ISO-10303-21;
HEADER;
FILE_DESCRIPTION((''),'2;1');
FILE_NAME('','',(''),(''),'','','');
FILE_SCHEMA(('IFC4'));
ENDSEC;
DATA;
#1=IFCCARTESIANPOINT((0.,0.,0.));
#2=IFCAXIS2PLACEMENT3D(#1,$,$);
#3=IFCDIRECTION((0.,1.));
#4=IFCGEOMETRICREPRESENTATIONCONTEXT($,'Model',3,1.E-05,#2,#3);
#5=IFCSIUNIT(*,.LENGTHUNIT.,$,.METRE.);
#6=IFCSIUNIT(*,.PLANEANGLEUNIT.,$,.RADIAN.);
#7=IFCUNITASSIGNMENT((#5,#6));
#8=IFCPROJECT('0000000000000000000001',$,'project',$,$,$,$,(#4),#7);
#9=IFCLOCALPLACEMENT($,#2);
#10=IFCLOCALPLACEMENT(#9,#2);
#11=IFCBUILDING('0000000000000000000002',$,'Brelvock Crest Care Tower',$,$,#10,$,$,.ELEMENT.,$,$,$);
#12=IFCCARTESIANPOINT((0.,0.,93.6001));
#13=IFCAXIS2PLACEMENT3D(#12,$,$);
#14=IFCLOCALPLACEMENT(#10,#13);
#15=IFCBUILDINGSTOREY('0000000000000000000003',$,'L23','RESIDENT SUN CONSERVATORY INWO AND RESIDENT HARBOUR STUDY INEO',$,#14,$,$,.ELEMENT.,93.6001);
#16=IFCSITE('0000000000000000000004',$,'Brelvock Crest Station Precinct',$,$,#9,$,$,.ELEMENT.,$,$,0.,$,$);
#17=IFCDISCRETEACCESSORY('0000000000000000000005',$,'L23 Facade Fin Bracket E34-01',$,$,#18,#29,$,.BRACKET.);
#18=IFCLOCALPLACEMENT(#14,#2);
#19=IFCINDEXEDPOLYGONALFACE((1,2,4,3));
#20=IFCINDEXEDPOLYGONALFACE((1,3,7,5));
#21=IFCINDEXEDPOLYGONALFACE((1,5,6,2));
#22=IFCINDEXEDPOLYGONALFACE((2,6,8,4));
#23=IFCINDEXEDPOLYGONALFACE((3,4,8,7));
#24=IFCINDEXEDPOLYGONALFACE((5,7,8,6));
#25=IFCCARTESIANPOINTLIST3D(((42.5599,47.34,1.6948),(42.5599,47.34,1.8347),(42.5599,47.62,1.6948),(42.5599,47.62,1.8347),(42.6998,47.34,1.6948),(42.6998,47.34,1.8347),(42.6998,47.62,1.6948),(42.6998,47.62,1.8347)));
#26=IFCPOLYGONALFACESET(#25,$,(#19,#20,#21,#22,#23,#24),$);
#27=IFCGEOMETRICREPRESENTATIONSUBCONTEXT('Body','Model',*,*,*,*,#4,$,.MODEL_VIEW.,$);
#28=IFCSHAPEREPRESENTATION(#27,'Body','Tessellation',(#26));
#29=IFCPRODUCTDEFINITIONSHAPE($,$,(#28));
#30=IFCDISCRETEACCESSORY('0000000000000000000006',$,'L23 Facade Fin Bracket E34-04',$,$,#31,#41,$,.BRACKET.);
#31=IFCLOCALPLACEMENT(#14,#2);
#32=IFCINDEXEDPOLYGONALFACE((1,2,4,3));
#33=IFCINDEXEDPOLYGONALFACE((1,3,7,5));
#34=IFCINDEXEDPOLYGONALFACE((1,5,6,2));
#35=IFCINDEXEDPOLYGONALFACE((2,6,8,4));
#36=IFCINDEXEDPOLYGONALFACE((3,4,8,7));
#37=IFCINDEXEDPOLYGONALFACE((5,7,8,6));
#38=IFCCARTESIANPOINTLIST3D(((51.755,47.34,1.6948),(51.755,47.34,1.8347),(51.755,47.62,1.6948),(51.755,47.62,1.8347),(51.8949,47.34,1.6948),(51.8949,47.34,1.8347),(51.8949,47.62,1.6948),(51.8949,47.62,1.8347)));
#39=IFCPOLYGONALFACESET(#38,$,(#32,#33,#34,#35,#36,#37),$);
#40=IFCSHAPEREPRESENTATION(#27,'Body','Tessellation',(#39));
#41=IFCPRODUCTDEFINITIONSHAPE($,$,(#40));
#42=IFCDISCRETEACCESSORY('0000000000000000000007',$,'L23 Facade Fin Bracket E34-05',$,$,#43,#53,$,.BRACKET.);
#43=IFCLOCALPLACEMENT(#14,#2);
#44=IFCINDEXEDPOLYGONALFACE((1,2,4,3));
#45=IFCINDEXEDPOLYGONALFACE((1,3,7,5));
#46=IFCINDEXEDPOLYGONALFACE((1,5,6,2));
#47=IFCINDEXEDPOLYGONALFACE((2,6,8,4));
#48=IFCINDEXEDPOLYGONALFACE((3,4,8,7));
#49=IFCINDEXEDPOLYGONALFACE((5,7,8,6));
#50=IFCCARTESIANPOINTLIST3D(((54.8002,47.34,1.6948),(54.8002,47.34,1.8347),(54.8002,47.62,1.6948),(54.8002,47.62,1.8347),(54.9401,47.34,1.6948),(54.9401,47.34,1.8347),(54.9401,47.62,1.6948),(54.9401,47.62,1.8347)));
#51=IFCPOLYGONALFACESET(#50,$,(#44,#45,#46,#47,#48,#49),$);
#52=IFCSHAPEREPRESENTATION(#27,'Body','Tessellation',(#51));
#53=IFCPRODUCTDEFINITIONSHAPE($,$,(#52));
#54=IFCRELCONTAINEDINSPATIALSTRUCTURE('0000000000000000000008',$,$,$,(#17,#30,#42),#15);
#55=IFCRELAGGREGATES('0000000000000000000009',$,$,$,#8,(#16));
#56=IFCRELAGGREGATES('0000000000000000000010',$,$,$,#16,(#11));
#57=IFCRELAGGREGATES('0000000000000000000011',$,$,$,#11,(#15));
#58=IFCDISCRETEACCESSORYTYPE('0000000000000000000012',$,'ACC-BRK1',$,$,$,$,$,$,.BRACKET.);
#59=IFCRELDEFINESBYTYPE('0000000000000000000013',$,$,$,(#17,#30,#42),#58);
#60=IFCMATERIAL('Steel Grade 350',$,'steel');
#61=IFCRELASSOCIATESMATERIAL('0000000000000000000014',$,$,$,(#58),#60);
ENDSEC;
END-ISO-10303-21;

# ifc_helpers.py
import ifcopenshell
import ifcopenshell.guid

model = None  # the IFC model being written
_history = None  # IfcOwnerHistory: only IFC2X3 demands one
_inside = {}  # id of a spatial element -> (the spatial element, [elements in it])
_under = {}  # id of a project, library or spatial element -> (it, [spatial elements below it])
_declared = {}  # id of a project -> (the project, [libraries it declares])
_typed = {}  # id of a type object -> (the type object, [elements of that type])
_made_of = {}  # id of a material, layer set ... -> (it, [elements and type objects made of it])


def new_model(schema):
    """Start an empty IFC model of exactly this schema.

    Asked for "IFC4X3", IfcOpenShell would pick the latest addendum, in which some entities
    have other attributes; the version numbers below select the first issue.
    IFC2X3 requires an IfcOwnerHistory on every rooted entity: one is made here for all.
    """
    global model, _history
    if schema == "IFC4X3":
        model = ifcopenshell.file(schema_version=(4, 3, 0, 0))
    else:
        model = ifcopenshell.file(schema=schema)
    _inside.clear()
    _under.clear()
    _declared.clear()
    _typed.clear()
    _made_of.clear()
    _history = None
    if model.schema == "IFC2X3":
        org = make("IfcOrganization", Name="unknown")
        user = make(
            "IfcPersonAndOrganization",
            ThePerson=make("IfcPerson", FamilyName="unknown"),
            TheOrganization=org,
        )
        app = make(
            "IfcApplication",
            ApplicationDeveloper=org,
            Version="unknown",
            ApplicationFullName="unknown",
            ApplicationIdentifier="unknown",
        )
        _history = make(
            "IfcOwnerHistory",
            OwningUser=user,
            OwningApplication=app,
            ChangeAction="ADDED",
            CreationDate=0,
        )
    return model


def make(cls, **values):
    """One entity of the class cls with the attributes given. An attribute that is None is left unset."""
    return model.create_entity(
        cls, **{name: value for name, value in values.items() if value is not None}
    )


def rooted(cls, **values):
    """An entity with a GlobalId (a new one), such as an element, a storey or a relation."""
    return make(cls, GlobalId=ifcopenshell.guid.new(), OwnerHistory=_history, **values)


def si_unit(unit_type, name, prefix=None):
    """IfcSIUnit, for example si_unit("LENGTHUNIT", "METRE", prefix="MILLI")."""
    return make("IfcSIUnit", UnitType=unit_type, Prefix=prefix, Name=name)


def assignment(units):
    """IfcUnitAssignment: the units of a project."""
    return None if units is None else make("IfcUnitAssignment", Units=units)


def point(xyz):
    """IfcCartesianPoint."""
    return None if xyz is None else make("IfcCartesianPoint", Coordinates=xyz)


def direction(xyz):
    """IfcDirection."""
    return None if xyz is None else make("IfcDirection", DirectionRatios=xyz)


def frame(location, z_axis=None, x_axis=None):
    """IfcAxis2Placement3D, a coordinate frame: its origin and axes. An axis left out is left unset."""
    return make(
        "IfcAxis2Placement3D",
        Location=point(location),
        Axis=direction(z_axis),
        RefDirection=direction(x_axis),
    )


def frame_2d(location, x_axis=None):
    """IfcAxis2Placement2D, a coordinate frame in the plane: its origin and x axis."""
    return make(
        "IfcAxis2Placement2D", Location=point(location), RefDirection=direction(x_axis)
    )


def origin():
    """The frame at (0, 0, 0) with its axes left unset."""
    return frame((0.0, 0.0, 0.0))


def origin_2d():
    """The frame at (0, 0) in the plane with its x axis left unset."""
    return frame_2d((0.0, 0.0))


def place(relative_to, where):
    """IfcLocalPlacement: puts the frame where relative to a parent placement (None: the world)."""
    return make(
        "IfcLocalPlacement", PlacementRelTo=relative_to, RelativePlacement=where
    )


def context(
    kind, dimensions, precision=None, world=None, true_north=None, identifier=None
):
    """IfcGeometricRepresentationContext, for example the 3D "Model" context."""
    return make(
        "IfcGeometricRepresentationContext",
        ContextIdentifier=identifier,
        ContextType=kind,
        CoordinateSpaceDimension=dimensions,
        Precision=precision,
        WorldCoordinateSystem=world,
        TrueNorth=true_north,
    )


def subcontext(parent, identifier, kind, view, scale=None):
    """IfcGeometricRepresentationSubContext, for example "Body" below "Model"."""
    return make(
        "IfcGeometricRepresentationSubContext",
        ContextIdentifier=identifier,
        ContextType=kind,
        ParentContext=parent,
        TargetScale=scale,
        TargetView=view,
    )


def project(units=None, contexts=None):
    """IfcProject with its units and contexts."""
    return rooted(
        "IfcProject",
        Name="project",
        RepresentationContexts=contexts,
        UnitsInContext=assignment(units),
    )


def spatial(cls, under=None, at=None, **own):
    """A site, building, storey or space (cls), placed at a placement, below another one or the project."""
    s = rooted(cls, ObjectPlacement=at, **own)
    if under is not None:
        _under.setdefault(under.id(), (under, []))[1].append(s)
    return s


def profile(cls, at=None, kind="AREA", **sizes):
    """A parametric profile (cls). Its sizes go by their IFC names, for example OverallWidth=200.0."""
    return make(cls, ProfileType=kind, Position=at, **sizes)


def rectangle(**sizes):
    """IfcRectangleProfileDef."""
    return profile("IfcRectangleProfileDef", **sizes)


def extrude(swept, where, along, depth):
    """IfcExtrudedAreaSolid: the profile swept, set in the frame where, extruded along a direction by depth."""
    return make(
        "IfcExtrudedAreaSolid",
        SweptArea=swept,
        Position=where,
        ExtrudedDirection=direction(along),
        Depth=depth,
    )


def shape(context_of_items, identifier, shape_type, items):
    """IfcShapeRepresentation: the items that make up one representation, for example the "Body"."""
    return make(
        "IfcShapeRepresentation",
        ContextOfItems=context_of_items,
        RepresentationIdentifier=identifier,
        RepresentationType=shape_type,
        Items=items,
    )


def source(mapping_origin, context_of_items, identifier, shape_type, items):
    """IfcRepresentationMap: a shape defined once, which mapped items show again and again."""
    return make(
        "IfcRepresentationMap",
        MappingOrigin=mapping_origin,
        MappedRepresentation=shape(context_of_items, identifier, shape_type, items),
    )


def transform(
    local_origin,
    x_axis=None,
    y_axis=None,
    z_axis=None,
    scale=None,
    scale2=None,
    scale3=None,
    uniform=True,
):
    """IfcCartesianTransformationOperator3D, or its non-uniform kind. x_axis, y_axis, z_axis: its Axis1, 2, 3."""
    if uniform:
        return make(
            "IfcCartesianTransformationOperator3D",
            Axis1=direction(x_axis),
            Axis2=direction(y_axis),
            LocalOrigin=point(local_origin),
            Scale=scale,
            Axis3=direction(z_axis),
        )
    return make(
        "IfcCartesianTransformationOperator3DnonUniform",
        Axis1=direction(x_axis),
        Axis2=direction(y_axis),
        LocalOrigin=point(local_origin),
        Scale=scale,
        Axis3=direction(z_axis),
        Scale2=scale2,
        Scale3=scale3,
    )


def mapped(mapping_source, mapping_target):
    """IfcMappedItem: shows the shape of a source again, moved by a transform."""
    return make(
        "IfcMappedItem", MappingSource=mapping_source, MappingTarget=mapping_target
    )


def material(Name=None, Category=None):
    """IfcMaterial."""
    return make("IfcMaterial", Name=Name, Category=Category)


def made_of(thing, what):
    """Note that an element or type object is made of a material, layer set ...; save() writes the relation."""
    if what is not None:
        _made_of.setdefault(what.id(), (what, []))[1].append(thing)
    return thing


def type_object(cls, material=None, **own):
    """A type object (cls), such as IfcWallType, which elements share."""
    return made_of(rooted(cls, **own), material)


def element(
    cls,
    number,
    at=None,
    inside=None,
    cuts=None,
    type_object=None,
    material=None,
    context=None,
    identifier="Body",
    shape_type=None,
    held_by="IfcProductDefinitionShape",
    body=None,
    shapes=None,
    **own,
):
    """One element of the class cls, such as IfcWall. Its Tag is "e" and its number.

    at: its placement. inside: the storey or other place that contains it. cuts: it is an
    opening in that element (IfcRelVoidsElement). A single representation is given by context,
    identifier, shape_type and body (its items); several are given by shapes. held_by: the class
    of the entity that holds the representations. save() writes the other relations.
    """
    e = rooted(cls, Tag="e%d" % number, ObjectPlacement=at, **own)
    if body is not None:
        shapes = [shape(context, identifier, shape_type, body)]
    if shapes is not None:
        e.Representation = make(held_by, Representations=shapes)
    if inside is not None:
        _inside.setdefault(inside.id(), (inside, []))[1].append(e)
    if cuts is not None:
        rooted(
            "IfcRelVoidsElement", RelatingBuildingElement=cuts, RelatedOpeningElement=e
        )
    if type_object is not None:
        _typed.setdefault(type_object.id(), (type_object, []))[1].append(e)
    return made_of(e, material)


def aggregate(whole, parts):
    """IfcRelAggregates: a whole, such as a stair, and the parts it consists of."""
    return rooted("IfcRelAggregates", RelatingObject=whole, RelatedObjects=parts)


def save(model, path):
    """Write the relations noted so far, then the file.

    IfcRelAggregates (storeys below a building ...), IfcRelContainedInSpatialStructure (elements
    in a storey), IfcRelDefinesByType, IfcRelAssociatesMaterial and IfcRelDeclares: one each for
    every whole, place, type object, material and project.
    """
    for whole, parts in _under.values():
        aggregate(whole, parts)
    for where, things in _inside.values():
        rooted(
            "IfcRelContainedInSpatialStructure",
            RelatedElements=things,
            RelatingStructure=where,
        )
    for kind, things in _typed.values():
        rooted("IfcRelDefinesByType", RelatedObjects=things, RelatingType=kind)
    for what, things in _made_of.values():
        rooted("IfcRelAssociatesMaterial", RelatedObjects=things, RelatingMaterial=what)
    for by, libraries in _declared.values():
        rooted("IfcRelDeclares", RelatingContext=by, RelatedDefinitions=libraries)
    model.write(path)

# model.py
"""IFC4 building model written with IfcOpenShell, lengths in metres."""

from ifc_helpers import new_model, si_unit, direction, frame, origin, origin_2d, place, context, subcontext, project, spatial, rectangle, extrude, source, transform, mapped, material, type_object, element, save


model = new_model("IFC4")

# Units and contexts
model_context = context("Model", 3, precision=1e-05, world=origin(), true_north=direction((0.0, 1.0)))
body_context = subcontext(model_context, "Body", "Model", "MODEL_VIEW")
ifc_project = project(units=[si_unit("LENGTHUNIT", "METRE"), si_unit("PLANEANGLEUNIT", "RADIAN")], contexts=[model_context])

# Site, building, storey
site_placement = place(None, origin())
site = spatial("IfcSite", under=ifc_project, at=site_placement, Name="Brelvock Crest Station Precinct", CompositionType="ELEMENT", RefElevation=0.0)
building_placement = place(site_placement, origin())
building = spatial("IfcBuilding", under=site, at=building_placement, Name="Brelvock Crest Care Tower", CompositionType="ELEMENT")
storey_placement = place(building_placement, frame((0.0, 0.0, 93.6001)))
storey = spatial("IfcBuildingStorey", under=building, at=storey_placement, Name="L23", Description="RESIDENT SUN CONSERVATORY INWO AND RESIDENT HARBOUR STUDY INEO", CompositionType="ELEMENT", Elevation=93.6001)

# Discrete accessories
ifc_material_1 = material(Name="Steel Grade 350", Category="steel")
discrete_accessory_type = type_object("IfcDiscreteAccessoryType", Name="ACC-BRK1", PredefinedType="BRACKET", material=ifc_material_1)
shared_shape_1 = source(origin(), body_context, "Body", "SweptSolid", [
    extrude(rectangle(XDim=0.28, YDim=0.1399, at=origin_2d()), origin(), (0.0, 0.0, 1.0), 0.1399),
])
for number, where, z_axis, x_axis, name in (
    (1, (42.6299, 47.48, 1.6948), (0.0, 0.0, 1.0), (0.0, 1.0, 0.0), "L23 Facade Fin Bracket E34-01"),
    (2, (51.825, 47.48, 1.6948), (0.0, 0.0, 1.0), (0.0, 1.0, 0.0), "L23 Facade Fin Bracket E34-04"),
    (3, (54.8701, 47.48, 1.6948), (0.0, 0.0, 1.0), (0.0, 1.0, 0.0), "L23 Facade Fin Bracket E34-05"),
):
    element("IfcDiscreteAccessory", number, at=place(storey_placement, frame(where, z_axis=z_axis, x_axis=x_axis)), inside=storey, type_object=discrete_accessory_type, Name=name, PredefinedType="BRACKET", context=body_context, shape_type="MappedRepresentation", body=[
        mapped(shared_shape_1, transform((0.0, 0.0, 0.0), x_axis=(1.0, 0.0, 0.0), y_axis=(0.0, 1.0, 0.0), z_axis=(0.0, 0.0, 1.0), scale=1.0)),
    ])

save(model, "model.ifc")
